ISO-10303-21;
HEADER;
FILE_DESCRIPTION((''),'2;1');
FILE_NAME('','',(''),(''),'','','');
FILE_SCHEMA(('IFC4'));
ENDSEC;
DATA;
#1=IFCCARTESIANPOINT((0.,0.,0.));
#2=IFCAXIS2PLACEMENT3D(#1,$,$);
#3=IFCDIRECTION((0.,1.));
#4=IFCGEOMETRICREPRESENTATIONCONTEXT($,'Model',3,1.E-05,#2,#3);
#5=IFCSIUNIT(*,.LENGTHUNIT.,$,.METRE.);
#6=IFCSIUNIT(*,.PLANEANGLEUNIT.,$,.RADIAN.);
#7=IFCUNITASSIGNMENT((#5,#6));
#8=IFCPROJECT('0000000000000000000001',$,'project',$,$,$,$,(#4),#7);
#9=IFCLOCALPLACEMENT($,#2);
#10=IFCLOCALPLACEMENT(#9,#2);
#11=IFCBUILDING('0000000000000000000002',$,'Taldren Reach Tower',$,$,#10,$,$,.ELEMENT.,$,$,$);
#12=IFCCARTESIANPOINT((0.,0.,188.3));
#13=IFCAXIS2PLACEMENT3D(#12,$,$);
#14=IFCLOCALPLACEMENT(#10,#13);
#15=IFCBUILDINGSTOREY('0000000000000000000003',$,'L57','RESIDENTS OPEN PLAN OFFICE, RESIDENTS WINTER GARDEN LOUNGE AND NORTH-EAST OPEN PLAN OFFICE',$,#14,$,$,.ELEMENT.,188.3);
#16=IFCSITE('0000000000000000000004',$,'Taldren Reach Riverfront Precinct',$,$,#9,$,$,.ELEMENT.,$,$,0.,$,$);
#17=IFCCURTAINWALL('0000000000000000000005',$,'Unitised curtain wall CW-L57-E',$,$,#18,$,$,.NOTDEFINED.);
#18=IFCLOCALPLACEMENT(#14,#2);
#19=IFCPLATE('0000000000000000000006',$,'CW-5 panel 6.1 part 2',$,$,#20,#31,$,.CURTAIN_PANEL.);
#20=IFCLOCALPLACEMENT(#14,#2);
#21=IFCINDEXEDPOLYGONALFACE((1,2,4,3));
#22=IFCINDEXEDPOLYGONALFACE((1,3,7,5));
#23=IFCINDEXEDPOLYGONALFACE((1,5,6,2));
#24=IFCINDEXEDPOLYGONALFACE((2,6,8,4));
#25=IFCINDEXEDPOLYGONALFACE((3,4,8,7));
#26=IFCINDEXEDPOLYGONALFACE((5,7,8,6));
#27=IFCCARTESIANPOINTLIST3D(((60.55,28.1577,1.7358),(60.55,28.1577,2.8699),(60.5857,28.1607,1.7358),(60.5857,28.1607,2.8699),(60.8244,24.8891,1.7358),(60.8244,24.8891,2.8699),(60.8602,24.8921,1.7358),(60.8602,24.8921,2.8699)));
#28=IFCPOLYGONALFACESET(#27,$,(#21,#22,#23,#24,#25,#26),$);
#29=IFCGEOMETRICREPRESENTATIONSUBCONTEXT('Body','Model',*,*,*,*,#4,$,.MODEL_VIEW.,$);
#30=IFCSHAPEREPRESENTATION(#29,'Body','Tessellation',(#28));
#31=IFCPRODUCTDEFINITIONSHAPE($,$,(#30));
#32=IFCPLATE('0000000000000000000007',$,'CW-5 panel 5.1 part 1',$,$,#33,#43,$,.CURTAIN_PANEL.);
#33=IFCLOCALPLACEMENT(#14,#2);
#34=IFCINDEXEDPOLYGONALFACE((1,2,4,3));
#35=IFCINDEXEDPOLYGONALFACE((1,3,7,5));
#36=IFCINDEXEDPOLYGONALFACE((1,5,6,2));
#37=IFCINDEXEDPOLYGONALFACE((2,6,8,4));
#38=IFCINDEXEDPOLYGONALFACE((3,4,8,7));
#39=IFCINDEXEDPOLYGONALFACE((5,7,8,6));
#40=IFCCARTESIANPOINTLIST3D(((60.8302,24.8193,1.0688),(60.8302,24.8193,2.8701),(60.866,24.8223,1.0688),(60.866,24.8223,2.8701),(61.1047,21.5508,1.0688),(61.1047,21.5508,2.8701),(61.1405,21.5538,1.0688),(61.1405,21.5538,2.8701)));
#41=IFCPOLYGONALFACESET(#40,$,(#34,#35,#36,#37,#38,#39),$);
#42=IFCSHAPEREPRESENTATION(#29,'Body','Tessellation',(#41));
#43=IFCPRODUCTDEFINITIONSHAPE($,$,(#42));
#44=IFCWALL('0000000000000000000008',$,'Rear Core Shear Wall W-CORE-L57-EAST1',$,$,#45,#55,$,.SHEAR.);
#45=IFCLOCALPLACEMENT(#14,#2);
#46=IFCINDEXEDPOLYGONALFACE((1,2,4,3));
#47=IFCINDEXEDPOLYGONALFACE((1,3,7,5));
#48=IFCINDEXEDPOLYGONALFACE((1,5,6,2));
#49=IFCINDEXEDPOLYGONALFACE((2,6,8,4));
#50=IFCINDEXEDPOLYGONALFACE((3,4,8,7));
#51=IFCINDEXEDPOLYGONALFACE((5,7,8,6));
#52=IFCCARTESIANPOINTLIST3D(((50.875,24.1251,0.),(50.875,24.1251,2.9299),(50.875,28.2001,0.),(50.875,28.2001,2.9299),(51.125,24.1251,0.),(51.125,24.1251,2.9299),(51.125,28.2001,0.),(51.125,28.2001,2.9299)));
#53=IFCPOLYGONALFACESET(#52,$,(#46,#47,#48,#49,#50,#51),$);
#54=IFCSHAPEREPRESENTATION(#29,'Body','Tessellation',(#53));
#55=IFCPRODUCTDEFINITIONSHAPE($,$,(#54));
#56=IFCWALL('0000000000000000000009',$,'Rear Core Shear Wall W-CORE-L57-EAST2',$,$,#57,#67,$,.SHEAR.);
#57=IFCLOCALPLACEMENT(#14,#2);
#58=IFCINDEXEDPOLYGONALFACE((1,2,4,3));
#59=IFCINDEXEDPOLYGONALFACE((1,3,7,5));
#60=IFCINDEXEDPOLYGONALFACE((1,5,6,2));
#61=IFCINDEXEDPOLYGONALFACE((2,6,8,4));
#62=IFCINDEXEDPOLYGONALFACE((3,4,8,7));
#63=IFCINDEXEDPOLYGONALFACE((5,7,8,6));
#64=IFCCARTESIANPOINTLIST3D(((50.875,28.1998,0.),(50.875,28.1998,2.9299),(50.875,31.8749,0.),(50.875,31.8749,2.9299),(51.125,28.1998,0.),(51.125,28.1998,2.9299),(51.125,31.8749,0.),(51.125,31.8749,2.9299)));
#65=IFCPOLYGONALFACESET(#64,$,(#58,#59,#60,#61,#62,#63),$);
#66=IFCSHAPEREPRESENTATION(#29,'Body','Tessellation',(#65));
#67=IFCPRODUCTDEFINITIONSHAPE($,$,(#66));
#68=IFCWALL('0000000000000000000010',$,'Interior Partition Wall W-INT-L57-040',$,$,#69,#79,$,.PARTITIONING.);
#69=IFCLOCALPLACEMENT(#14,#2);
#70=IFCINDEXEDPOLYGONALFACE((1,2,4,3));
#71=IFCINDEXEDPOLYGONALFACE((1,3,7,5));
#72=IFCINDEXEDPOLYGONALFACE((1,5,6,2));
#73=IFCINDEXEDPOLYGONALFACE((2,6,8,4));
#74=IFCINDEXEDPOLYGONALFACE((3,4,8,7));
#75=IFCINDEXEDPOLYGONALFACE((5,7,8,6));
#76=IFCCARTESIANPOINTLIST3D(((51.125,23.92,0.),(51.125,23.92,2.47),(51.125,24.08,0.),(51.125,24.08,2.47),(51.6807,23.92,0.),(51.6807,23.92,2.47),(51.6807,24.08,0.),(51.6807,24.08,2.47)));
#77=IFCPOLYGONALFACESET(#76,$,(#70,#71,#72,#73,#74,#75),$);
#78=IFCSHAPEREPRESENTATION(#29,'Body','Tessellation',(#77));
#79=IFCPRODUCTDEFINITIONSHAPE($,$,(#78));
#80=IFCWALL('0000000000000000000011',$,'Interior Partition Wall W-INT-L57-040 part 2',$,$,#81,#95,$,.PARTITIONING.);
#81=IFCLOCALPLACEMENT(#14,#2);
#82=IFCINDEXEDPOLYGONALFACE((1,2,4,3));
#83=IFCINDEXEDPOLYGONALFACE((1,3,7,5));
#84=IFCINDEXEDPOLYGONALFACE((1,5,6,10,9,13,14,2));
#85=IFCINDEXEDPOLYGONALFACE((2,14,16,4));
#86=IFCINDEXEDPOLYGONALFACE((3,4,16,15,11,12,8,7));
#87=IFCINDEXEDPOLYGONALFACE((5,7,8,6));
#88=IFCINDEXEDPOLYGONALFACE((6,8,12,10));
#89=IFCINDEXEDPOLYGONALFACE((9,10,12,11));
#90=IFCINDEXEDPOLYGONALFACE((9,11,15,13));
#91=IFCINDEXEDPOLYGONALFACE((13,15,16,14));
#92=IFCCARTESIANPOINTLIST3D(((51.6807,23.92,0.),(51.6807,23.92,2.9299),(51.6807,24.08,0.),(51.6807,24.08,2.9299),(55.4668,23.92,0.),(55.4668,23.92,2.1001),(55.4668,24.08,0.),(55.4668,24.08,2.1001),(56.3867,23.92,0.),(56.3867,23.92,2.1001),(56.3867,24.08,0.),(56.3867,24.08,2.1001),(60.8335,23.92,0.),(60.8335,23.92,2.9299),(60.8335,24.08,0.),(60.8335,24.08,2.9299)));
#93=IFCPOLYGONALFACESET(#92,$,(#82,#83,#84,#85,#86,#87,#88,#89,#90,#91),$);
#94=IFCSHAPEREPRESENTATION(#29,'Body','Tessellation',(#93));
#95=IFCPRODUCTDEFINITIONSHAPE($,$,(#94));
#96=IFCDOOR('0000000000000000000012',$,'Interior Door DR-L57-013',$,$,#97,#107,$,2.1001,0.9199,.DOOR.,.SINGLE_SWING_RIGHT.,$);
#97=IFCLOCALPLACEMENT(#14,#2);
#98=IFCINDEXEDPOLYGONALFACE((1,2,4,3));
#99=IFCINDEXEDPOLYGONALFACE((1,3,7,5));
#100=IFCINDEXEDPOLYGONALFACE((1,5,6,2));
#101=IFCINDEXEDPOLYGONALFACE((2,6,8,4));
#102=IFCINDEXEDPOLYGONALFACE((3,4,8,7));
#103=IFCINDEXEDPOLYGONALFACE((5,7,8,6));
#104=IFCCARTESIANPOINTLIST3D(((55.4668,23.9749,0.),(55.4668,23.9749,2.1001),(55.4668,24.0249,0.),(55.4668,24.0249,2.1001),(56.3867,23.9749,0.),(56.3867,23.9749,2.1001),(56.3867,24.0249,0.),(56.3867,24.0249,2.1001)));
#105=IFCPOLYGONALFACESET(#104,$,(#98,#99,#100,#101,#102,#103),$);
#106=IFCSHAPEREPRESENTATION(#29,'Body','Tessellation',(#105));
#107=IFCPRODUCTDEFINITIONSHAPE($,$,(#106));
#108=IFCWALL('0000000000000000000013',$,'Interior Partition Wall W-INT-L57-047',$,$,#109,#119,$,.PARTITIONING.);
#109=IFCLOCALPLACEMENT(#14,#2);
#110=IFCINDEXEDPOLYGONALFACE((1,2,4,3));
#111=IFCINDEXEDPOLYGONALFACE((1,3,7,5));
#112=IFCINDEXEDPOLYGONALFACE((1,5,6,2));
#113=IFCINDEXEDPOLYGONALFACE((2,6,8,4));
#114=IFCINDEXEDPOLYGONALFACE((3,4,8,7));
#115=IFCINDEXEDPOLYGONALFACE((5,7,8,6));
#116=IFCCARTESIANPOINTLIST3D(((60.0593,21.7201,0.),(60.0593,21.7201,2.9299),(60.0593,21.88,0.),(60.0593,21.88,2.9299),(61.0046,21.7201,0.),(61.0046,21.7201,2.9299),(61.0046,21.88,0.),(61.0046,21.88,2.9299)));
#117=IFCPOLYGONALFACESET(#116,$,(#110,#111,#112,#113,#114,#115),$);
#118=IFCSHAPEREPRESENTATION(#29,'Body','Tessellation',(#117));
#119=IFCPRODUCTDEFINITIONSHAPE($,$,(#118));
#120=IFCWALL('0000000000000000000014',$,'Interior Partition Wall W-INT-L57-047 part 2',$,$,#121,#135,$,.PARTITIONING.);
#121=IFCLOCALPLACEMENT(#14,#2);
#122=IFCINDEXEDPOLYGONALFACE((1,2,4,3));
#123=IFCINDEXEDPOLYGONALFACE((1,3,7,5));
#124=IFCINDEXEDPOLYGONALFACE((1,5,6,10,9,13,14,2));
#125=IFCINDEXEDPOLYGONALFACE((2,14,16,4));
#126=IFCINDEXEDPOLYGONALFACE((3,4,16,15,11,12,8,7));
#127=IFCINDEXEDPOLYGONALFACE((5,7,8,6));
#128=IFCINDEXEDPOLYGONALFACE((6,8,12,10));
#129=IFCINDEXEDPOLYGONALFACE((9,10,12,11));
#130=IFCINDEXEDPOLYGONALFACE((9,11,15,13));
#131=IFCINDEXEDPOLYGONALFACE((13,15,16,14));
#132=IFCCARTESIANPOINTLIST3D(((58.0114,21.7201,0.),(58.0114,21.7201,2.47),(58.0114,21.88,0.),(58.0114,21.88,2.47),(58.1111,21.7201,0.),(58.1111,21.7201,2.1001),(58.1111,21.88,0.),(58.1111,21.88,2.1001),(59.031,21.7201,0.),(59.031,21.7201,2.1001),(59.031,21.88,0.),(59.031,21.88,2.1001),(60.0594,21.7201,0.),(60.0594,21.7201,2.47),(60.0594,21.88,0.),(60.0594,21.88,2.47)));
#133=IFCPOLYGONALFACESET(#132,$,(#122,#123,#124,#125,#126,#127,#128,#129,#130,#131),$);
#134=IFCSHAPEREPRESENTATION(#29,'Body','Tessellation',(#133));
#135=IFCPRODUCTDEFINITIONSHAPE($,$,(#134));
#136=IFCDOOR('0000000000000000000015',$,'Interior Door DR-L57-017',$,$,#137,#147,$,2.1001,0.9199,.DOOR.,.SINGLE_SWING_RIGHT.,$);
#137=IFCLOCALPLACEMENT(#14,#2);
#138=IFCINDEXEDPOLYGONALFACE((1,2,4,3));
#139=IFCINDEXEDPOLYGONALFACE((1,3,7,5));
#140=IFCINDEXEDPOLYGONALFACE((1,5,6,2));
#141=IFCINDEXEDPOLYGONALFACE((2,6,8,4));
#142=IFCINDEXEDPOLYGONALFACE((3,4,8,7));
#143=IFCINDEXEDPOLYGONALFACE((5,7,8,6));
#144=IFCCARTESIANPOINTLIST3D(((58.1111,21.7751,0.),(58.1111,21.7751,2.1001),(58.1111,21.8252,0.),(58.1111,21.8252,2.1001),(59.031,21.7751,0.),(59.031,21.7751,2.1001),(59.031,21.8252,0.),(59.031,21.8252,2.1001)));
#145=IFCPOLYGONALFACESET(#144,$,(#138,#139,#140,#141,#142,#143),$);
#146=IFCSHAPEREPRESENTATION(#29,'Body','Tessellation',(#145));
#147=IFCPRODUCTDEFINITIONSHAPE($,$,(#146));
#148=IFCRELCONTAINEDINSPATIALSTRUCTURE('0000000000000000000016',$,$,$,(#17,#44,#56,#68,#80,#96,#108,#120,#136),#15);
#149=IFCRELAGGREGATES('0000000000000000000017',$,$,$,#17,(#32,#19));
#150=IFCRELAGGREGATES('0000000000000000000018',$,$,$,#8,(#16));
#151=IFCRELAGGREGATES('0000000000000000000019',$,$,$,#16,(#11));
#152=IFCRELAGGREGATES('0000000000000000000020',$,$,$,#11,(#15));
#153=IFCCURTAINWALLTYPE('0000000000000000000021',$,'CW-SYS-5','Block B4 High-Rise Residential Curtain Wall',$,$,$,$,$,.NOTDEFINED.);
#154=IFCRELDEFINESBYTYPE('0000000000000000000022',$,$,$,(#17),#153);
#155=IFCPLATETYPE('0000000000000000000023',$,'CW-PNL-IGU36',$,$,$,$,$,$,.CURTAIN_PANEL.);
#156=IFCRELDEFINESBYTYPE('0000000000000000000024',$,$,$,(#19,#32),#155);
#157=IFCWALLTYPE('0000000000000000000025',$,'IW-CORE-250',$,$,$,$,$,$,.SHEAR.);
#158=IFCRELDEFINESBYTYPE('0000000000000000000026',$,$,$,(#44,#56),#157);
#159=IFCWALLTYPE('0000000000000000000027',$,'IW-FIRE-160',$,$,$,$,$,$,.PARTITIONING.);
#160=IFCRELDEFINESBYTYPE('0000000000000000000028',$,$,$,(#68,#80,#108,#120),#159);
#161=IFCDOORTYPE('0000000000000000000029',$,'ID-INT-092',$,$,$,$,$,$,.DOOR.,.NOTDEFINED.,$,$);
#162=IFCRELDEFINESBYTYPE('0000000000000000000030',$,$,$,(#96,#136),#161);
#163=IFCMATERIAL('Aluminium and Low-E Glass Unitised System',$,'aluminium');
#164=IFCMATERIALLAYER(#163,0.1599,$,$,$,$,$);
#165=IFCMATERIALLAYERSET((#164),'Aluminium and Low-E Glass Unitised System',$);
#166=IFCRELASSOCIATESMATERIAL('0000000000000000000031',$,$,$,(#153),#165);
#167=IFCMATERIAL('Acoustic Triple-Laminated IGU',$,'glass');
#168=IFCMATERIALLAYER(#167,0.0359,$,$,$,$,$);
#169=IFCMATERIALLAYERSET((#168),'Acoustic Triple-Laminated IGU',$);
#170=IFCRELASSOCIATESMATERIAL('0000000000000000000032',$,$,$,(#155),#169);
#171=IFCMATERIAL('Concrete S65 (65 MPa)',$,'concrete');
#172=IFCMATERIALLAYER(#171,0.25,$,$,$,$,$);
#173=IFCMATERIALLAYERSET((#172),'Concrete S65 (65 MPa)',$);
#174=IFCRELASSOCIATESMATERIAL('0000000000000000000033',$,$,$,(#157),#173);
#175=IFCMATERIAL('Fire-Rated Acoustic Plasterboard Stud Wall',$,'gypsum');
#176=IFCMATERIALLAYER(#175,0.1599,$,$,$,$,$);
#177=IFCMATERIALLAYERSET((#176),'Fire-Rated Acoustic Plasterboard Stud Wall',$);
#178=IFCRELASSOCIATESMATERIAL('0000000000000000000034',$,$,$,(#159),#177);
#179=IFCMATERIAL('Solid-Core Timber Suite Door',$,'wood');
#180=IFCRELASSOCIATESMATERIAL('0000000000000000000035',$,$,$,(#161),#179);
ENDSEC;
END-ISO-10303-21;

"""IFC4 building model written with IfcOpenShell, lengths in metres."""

from ifc_helpers import new_model, si_unit, direction, frame, frame_2d, origin, origin_2d, place, context, subcontext, project, spatial, rectangle, extrude, source, transform, mapped, material, layer, layer_set, type_object, element, fill, aggregate, save


model = new_model("IFC4")

# Units and contexts
model_context = context("Model", 3, precision=1e-05, world=origin(), true_north=direction((0.0, 1.0)))
body_context = subcontext(model_context, "Body", "Model", "MODEL_VIEW")
ifc_project = project(units=[si_unit("LENGTHUNIT", "METRE"), si_unit("PLANEANGLEUNIT", "RADIAN")], contexts=[model_context])

# Site, building, storey
site_placement = place(None, origin())
site = spatial("IfcSite", under=ifc_project, at=site_placement, Name="Taldren Reach Riverfront Precinct", CompositionType="ELEMENT", RefElevation=0.0)
building_placement = place(site_placement, origin())
building = spatial("IfcBuilding", under=site, at=building_placement, Name="Taldren Reach Tower", CompositionType="ELEMENT")
storey_placement = place(building_placement, frame((0.0, 0.0, 188.3)))
storey = spatial("IfcBuildingStorey", under=building, at=storey_placement, Name="L57", Description="RESIDENTS OPEN PLAN OFFICE, RESIDENTS WINTER GARDEN LOUNGE AND NORTH-EAST OPEN PLAN OFFICE", CompositionType="ELEMENT", Elevation=188.3)

# Curtain wall, plates
ifc_material_1 = material(Name="Aluminium and Low-E Glass Unitised System", Category="aluminium")
ifc_layer_1 = layer(ifc_material_1, 0.1599)
ifc_layer_set_1 = layer_set([ifc_layer_1], Name="Aluminium and Low-E Glass Unitised System")
curtain_wall_type = type_object("IfcCurtainWallType", Name="CW-SYS-5", Description="Block B4 High-Rise Residential Curtain Wall", PredefinedType="NOTDEFINED", material=ifc_layer_set_1)
curtain_wall_placement = place(storey_placement, origin())
curtain_wall = element("IfcCurtainWall", 1, at=curtain_wall_placement, inside=storey, type_object=curtain_wall_type, Name="Unitised curtain wall CW-L57-E", PredefinedType="NOTDEFINED")
ifc_material_2 = material(Name="Acoustic Triple-Laminated IGU", Category="glass")
ifc_layer_2 = layer(ifc_material_2, 0.0359)
ifc_layer_set_2 = layer_set([ifc_layer_2], Name="Acoustic Triple-Laminated IGU")
plate_type = type_object("IfcPlateType", Name="CW-PNL-IGU36", PredefinedType="CURTAIN_PANEL", material=ifc_layer_set_2)
shared_shape_1 = source(origin(), body_context, "Body", "SweptSolid", [
    extrude(rectangle(XDim=3.28, YDim=0.0359, at=origin_2d()), origin(), (0.0, 0.0, 1.0), 1.134),
])
plate_1_placement = place(storey_placement, frame((60.7051, 26.5249, 1.7358), z_axis=(0.0, 0.0, 1.0), x_axis=(-0.083678, 0.996493, 0.0)))
plate_1 = element("IfcPlate", 2, at=plate_1_placement, type_object=plate_type, Name="CW-5 panel 6.1 part 2", PredefinedType="CURTAIN_PANEL", context=body_context, shape_type="MappedRepresentation", body=[
    mapped(shared_shape_1, transform((0.0, 0.0, 0.0), scale=1.0)),
])
shared_shape_2 = source(origin(), body_context, "Body", "SweptSolid", [
    extrude(rectangle(XDim=3.28, YDim=0.0359, at=origin_2d()), origin(), (0.0, 0.0, 1.0), 1.8013),
])
plate_2_placement = place(storey_placement, frame((60.9854, 23.1865, 1.0688), z_axis=(0.0, 0.0, 1.0), x_axis=(-0.083678, 0.996493, 0.0)))
plate_2 = element("IfcPlate", 3, at=plate_2_placement, type_object=plate_type, Name="CW-5 panel 5.1 part 1", PredefinedType="CURTAIN_PANEL", context=body_context, shape_type="MappedRepresentation", body=[
    mapped(shared_shape_2, transform((0.0, 0.0, 0.0), scale=1.0)),
])
aggregate(curtain_wall, [plate_2, plate_1])

# Walls
ifc_material_3 = material(Name="Concrete S65 (65 MPa)", Category="concrete")
ifc_layer_3 = layer(ifc_material_3, 0.25)
ifc_layer_set_3 = layer_set([ifc_layer_3], Name="Concrete S65 (65 MPa)")
wall_type_1 = type_object("IfcWallType", Name="IW-CORE-250", PredefinedType="SHEAR", material=ifc_layer_set_3)
shared_shape_3 = source(origin(), body_context, "Body", "SweptSolid", [
    extrude(rectangle(XDim=4.075, YDim=0.25, at=frame_2d((2.0376, 0.0))), origin(), (0.0, 0.0, 1.0), 2.9299),
])
wall_1_placement = place(storey_placement, frame((51.0, 24.125, 0.0), z_axis=(0.0, 0.0, 1.0), x_axis=(0.0, 1.0, 0.0)))
element("IfcWall", 4, at=wall_1_placement, inside=storey, type_object=wall_type_1, Name="Rear Core Shear Wall W-CORE-L57-EAST1", PredefinedType="SHEAR", context=body_context, shape_type="MappedRepresentation", body=[
    mapped(shared_shape_3, transform((0.0, 0.0, 0.0), scale=1.0)),
])
shared_shape_4 = source(origin(), body_context, "Body", "SweptSolid", [
    extrude(rectangle(XDim=3.675, YDim=0.25, at=frame_2d((1.8374, 0.0))), origin(), (0.0, 0.0, 1.0), 2.9299),
])
wall_2_placement = place(storey_placement, frame((51.0, 28.2, 0.0), z_axis=(0.0, 0.0, 1.0), x_axis=(0.0, 1.0, 0.0)))
element("IfcWall", 5, at=wall_2_placement, inside=storey, type_object=wall_type_1, Name="Rear Core Shear Wall W-CORE-L57-EAST2", PredefinedType="SHEAR", context=body_context, shape_type="MappedRepresentation", body=[
    mapped(shared_shape_4, transform((0.0, 0.0, 0.0), scale=1.0)),
])
ifc_material_4 = material(Name="Fire-Rated Acoustic Plasterboard Stud Wall", Category="gypsum")
ifc_layer_4 = layer(ifc_material_4, 0.1599)
ifc_layer_set_4 = layer_set([ifc_layer_4], Name="Fire-Rated Acoustic Plasterboard Stud Wall")
wall_type_2 = type_object("IfcWallType", Name="IW-FIRE-160", PredefinedType="PARTITIONING", material=ifc_layer_set_4)
shared_shape_5 = source(origin(), body_context, "Body", "SweptSolid", [
    extrude(rectangle(XDim=0.5557, YDim=0.1599, at=frame_2d((0.2778, 0.0))), origin(), (0.0, 0.0, 1.0), 2.47),
])
wall_3_placement = place(storey_placement, frame((51.125, 24.0, 0.0), z_axis=(0.0, 0.0, 1.0), x_axis=(1.0, 0.0, 0.0)))
element("IfcWall", 6, at=wall_3_placement, inside=storey, type_object=wall_type_2, Name="Interior Partition Wall W-INT-L57-040", PredefinedType="PARTITIONING", context=body_context, shape_type="MappedRepresentation", body=[
    mapped(shared_shape_5, transform((0.0, 0.0, 0.0), scale=1.0)),
])

# Wall, opening, door
shared_shape_6 = source(origin(), body_context, "Body", "SweptSolid", [
    extrude(rectangle(XDim=9.1528, YDim=0.1599, at=frame_2d((4.5764, 0.0))), origin(), (0.0, 0.0, 1.0), 2.9299),
])
wall_4_placement = place(storey_placement, frame((51.6807, 24.0, 0.0), z_axis=(0.0, 0.0, 1.0), x_axis=(1.0, 0.0, 0.0)))
wall_4 = element("IfcWall", 7, at=wall_4_placement, inside=storey, type_object=wall_type_2, Name="Interior Partition Wall W-INT-L57-040 part 2", PredefinedType="PARTITIONING", context=body_context, shape_type="MappedRepresentation", body=[
    mapped(shared_shape_6, transform((0.0, 0.0, 0.0), scale=1.0)),
])
shared_shape_7 = source(origin(), body_context, "Body", "SweptSolid", [
    extrude(rectangle(XDim=0.9199, YDim=2.1001, at=frame_2d((0.46, 1.05))), frame((0.0, 0.0898, 0.0), z_axis=(0.0, -1.0, 0.0), x_axis=(1.0, 0.0, 0.0)), (0.0, 0.0, 1.0), 0.1799),
])
opening_1_placement = place(wall_4_placement, frame((3.7861, 0.0, 0.0)))
opening_1 = element("IfcOpeningElement", 8, at=opening_1_placement, cuts=wall_4, PredefinedType="OPENING", context=body_context, shape_type="MappedRepresentation", body=[
    mapped(shared_shape_7, transform((0.0, 0.0, 0.0), scale=1.0)),
])
ifc_material_5 = material(Name="Solid-Core Timber Suite Door", Category="wood")
door_type = type_object("IfcDoorType", Name="ID-INT-092", OperationType="NOTDEFINED", PredefinedType="DOOR", material=ifc_material_5)
shared_shape_8 = source(origin(), body_context, "Body", "SweptSolid", [
    extrude(rectangle(XDim=0.9199, YDim=2.1001, at=frame_2d((0.46, 1.05))), frame((0.0, 0.0249, 0.0), z_axis=(0.0, -1.0, 0.0), x_axis=(1.0, 0.0, 0.0)), (0.0, 0.0, 1.0), 0.05),
])
door_1_placement = place(opening_1_placement, origin())
door_1 = element("IfcDoor", 9, at=door_1_placement, inside=storey, type_object=door_type, Name="Interior Door DR-L57-013", OperationType="SINGLE_SWING_RIGHT", OverallHeight=2.1001, OverallWidth=0.9199, PredefinedType="DOOR", context=body_context, shape_type="MappedRepresentation", body=[
    mapped(shared_shape_8, transform((0.0, 0.0, 0.0), scale=1.0)),
])
fill(opening_1, door_1)

# Wall
shared_shape_9 = source(origin(), body_context, "Body", "SweptSolid", [
    extrude(rectangle(XDim=0.9453, YDim=0.1599, at=frame_2d((0.4727, 0.0))), origin(), (0.0, 0.0, 1.0), 2.9299),
])
wall_5_placement = place(storey_placement, frame((61.0046, 21.8, 0.0), z_axis=(0.0, 0.0, 1.0), x_axis=(-1.0, 0.0, 0.0)))
element("IfcWall", 10, at=wall_5_placement, inside=storey, type_object=wall_type_2, Name="Interior Partition Wall W-INT-L57-047", PredefinedType="PARTITIONING", context=body_context, shape_type="MappedRepresentation", body=[
    mapped(shared_shape_9, transform((0.0, 0.0, 0.0), scale=1.0)),
])

# Wall, opening, door
shared_shape_10 = source(origin(), body_context, "Body", "SweptSolid", [
    extrude(rectangle(XDim=2.0481, YDim=0.1599, at=frame_2d((1.0239, 0.0))), origin(), (0.0, 0.0, 1.0), 2.47),
])
wall_6_placement = place(storey_placement, frame((60.0593, 21.8, 0.0), z_axis=(0.0, 0.0, 1.0), x_axis=(-1.0, 0.0, 0.0)))
wall_6 = element("IfcWall", 11, at=wall_6_placement, inside=storey, type_object=wall_type_2, Name="Interior Partition Wall W-INT-L57-047 part 2", PredefinedType="PARTITIONING", context=body_context, shape_type="MappedRepresentation", body=[
    mapped(shared_shape_10, transform((0.0, 0.0, 0.0), scale=1.0)),
])
opening_2_placement = place(wall_6_placement, frame((1.0283, 0.0, 0.0)))
opening_2 = element("IfcOpeningElement", 12, at=opening_2_placement, cuts=wall_6, PredefinedType="OPENING", context=body_context, shape_type="MappedRepresentation", body=[
    mapped(shared_shape_7, transform((0.0, 0.0, 0.0), scale=1.0)),
])
door_2_placement = place(opening_2_placement, origin())
door_2 = element("IfcDoor", 13, at=door_2_placement, inside=storey, type_object=door_type, Name="Interior Door DR-L57-017", OperationType="SINGLE_SWING_RIGHT", OverallHeight=2.1001, OverallWidth=0.9199, PredefinedType="DOOR", context=body_context, shape_type="MappedRepresentation", body=[
    mapped(shared_shape_8, transform((0.0, 0.0, 0.0), scale=1.0)),
])
fill(opening_2, door_2)

save(model, "model.ifc")
